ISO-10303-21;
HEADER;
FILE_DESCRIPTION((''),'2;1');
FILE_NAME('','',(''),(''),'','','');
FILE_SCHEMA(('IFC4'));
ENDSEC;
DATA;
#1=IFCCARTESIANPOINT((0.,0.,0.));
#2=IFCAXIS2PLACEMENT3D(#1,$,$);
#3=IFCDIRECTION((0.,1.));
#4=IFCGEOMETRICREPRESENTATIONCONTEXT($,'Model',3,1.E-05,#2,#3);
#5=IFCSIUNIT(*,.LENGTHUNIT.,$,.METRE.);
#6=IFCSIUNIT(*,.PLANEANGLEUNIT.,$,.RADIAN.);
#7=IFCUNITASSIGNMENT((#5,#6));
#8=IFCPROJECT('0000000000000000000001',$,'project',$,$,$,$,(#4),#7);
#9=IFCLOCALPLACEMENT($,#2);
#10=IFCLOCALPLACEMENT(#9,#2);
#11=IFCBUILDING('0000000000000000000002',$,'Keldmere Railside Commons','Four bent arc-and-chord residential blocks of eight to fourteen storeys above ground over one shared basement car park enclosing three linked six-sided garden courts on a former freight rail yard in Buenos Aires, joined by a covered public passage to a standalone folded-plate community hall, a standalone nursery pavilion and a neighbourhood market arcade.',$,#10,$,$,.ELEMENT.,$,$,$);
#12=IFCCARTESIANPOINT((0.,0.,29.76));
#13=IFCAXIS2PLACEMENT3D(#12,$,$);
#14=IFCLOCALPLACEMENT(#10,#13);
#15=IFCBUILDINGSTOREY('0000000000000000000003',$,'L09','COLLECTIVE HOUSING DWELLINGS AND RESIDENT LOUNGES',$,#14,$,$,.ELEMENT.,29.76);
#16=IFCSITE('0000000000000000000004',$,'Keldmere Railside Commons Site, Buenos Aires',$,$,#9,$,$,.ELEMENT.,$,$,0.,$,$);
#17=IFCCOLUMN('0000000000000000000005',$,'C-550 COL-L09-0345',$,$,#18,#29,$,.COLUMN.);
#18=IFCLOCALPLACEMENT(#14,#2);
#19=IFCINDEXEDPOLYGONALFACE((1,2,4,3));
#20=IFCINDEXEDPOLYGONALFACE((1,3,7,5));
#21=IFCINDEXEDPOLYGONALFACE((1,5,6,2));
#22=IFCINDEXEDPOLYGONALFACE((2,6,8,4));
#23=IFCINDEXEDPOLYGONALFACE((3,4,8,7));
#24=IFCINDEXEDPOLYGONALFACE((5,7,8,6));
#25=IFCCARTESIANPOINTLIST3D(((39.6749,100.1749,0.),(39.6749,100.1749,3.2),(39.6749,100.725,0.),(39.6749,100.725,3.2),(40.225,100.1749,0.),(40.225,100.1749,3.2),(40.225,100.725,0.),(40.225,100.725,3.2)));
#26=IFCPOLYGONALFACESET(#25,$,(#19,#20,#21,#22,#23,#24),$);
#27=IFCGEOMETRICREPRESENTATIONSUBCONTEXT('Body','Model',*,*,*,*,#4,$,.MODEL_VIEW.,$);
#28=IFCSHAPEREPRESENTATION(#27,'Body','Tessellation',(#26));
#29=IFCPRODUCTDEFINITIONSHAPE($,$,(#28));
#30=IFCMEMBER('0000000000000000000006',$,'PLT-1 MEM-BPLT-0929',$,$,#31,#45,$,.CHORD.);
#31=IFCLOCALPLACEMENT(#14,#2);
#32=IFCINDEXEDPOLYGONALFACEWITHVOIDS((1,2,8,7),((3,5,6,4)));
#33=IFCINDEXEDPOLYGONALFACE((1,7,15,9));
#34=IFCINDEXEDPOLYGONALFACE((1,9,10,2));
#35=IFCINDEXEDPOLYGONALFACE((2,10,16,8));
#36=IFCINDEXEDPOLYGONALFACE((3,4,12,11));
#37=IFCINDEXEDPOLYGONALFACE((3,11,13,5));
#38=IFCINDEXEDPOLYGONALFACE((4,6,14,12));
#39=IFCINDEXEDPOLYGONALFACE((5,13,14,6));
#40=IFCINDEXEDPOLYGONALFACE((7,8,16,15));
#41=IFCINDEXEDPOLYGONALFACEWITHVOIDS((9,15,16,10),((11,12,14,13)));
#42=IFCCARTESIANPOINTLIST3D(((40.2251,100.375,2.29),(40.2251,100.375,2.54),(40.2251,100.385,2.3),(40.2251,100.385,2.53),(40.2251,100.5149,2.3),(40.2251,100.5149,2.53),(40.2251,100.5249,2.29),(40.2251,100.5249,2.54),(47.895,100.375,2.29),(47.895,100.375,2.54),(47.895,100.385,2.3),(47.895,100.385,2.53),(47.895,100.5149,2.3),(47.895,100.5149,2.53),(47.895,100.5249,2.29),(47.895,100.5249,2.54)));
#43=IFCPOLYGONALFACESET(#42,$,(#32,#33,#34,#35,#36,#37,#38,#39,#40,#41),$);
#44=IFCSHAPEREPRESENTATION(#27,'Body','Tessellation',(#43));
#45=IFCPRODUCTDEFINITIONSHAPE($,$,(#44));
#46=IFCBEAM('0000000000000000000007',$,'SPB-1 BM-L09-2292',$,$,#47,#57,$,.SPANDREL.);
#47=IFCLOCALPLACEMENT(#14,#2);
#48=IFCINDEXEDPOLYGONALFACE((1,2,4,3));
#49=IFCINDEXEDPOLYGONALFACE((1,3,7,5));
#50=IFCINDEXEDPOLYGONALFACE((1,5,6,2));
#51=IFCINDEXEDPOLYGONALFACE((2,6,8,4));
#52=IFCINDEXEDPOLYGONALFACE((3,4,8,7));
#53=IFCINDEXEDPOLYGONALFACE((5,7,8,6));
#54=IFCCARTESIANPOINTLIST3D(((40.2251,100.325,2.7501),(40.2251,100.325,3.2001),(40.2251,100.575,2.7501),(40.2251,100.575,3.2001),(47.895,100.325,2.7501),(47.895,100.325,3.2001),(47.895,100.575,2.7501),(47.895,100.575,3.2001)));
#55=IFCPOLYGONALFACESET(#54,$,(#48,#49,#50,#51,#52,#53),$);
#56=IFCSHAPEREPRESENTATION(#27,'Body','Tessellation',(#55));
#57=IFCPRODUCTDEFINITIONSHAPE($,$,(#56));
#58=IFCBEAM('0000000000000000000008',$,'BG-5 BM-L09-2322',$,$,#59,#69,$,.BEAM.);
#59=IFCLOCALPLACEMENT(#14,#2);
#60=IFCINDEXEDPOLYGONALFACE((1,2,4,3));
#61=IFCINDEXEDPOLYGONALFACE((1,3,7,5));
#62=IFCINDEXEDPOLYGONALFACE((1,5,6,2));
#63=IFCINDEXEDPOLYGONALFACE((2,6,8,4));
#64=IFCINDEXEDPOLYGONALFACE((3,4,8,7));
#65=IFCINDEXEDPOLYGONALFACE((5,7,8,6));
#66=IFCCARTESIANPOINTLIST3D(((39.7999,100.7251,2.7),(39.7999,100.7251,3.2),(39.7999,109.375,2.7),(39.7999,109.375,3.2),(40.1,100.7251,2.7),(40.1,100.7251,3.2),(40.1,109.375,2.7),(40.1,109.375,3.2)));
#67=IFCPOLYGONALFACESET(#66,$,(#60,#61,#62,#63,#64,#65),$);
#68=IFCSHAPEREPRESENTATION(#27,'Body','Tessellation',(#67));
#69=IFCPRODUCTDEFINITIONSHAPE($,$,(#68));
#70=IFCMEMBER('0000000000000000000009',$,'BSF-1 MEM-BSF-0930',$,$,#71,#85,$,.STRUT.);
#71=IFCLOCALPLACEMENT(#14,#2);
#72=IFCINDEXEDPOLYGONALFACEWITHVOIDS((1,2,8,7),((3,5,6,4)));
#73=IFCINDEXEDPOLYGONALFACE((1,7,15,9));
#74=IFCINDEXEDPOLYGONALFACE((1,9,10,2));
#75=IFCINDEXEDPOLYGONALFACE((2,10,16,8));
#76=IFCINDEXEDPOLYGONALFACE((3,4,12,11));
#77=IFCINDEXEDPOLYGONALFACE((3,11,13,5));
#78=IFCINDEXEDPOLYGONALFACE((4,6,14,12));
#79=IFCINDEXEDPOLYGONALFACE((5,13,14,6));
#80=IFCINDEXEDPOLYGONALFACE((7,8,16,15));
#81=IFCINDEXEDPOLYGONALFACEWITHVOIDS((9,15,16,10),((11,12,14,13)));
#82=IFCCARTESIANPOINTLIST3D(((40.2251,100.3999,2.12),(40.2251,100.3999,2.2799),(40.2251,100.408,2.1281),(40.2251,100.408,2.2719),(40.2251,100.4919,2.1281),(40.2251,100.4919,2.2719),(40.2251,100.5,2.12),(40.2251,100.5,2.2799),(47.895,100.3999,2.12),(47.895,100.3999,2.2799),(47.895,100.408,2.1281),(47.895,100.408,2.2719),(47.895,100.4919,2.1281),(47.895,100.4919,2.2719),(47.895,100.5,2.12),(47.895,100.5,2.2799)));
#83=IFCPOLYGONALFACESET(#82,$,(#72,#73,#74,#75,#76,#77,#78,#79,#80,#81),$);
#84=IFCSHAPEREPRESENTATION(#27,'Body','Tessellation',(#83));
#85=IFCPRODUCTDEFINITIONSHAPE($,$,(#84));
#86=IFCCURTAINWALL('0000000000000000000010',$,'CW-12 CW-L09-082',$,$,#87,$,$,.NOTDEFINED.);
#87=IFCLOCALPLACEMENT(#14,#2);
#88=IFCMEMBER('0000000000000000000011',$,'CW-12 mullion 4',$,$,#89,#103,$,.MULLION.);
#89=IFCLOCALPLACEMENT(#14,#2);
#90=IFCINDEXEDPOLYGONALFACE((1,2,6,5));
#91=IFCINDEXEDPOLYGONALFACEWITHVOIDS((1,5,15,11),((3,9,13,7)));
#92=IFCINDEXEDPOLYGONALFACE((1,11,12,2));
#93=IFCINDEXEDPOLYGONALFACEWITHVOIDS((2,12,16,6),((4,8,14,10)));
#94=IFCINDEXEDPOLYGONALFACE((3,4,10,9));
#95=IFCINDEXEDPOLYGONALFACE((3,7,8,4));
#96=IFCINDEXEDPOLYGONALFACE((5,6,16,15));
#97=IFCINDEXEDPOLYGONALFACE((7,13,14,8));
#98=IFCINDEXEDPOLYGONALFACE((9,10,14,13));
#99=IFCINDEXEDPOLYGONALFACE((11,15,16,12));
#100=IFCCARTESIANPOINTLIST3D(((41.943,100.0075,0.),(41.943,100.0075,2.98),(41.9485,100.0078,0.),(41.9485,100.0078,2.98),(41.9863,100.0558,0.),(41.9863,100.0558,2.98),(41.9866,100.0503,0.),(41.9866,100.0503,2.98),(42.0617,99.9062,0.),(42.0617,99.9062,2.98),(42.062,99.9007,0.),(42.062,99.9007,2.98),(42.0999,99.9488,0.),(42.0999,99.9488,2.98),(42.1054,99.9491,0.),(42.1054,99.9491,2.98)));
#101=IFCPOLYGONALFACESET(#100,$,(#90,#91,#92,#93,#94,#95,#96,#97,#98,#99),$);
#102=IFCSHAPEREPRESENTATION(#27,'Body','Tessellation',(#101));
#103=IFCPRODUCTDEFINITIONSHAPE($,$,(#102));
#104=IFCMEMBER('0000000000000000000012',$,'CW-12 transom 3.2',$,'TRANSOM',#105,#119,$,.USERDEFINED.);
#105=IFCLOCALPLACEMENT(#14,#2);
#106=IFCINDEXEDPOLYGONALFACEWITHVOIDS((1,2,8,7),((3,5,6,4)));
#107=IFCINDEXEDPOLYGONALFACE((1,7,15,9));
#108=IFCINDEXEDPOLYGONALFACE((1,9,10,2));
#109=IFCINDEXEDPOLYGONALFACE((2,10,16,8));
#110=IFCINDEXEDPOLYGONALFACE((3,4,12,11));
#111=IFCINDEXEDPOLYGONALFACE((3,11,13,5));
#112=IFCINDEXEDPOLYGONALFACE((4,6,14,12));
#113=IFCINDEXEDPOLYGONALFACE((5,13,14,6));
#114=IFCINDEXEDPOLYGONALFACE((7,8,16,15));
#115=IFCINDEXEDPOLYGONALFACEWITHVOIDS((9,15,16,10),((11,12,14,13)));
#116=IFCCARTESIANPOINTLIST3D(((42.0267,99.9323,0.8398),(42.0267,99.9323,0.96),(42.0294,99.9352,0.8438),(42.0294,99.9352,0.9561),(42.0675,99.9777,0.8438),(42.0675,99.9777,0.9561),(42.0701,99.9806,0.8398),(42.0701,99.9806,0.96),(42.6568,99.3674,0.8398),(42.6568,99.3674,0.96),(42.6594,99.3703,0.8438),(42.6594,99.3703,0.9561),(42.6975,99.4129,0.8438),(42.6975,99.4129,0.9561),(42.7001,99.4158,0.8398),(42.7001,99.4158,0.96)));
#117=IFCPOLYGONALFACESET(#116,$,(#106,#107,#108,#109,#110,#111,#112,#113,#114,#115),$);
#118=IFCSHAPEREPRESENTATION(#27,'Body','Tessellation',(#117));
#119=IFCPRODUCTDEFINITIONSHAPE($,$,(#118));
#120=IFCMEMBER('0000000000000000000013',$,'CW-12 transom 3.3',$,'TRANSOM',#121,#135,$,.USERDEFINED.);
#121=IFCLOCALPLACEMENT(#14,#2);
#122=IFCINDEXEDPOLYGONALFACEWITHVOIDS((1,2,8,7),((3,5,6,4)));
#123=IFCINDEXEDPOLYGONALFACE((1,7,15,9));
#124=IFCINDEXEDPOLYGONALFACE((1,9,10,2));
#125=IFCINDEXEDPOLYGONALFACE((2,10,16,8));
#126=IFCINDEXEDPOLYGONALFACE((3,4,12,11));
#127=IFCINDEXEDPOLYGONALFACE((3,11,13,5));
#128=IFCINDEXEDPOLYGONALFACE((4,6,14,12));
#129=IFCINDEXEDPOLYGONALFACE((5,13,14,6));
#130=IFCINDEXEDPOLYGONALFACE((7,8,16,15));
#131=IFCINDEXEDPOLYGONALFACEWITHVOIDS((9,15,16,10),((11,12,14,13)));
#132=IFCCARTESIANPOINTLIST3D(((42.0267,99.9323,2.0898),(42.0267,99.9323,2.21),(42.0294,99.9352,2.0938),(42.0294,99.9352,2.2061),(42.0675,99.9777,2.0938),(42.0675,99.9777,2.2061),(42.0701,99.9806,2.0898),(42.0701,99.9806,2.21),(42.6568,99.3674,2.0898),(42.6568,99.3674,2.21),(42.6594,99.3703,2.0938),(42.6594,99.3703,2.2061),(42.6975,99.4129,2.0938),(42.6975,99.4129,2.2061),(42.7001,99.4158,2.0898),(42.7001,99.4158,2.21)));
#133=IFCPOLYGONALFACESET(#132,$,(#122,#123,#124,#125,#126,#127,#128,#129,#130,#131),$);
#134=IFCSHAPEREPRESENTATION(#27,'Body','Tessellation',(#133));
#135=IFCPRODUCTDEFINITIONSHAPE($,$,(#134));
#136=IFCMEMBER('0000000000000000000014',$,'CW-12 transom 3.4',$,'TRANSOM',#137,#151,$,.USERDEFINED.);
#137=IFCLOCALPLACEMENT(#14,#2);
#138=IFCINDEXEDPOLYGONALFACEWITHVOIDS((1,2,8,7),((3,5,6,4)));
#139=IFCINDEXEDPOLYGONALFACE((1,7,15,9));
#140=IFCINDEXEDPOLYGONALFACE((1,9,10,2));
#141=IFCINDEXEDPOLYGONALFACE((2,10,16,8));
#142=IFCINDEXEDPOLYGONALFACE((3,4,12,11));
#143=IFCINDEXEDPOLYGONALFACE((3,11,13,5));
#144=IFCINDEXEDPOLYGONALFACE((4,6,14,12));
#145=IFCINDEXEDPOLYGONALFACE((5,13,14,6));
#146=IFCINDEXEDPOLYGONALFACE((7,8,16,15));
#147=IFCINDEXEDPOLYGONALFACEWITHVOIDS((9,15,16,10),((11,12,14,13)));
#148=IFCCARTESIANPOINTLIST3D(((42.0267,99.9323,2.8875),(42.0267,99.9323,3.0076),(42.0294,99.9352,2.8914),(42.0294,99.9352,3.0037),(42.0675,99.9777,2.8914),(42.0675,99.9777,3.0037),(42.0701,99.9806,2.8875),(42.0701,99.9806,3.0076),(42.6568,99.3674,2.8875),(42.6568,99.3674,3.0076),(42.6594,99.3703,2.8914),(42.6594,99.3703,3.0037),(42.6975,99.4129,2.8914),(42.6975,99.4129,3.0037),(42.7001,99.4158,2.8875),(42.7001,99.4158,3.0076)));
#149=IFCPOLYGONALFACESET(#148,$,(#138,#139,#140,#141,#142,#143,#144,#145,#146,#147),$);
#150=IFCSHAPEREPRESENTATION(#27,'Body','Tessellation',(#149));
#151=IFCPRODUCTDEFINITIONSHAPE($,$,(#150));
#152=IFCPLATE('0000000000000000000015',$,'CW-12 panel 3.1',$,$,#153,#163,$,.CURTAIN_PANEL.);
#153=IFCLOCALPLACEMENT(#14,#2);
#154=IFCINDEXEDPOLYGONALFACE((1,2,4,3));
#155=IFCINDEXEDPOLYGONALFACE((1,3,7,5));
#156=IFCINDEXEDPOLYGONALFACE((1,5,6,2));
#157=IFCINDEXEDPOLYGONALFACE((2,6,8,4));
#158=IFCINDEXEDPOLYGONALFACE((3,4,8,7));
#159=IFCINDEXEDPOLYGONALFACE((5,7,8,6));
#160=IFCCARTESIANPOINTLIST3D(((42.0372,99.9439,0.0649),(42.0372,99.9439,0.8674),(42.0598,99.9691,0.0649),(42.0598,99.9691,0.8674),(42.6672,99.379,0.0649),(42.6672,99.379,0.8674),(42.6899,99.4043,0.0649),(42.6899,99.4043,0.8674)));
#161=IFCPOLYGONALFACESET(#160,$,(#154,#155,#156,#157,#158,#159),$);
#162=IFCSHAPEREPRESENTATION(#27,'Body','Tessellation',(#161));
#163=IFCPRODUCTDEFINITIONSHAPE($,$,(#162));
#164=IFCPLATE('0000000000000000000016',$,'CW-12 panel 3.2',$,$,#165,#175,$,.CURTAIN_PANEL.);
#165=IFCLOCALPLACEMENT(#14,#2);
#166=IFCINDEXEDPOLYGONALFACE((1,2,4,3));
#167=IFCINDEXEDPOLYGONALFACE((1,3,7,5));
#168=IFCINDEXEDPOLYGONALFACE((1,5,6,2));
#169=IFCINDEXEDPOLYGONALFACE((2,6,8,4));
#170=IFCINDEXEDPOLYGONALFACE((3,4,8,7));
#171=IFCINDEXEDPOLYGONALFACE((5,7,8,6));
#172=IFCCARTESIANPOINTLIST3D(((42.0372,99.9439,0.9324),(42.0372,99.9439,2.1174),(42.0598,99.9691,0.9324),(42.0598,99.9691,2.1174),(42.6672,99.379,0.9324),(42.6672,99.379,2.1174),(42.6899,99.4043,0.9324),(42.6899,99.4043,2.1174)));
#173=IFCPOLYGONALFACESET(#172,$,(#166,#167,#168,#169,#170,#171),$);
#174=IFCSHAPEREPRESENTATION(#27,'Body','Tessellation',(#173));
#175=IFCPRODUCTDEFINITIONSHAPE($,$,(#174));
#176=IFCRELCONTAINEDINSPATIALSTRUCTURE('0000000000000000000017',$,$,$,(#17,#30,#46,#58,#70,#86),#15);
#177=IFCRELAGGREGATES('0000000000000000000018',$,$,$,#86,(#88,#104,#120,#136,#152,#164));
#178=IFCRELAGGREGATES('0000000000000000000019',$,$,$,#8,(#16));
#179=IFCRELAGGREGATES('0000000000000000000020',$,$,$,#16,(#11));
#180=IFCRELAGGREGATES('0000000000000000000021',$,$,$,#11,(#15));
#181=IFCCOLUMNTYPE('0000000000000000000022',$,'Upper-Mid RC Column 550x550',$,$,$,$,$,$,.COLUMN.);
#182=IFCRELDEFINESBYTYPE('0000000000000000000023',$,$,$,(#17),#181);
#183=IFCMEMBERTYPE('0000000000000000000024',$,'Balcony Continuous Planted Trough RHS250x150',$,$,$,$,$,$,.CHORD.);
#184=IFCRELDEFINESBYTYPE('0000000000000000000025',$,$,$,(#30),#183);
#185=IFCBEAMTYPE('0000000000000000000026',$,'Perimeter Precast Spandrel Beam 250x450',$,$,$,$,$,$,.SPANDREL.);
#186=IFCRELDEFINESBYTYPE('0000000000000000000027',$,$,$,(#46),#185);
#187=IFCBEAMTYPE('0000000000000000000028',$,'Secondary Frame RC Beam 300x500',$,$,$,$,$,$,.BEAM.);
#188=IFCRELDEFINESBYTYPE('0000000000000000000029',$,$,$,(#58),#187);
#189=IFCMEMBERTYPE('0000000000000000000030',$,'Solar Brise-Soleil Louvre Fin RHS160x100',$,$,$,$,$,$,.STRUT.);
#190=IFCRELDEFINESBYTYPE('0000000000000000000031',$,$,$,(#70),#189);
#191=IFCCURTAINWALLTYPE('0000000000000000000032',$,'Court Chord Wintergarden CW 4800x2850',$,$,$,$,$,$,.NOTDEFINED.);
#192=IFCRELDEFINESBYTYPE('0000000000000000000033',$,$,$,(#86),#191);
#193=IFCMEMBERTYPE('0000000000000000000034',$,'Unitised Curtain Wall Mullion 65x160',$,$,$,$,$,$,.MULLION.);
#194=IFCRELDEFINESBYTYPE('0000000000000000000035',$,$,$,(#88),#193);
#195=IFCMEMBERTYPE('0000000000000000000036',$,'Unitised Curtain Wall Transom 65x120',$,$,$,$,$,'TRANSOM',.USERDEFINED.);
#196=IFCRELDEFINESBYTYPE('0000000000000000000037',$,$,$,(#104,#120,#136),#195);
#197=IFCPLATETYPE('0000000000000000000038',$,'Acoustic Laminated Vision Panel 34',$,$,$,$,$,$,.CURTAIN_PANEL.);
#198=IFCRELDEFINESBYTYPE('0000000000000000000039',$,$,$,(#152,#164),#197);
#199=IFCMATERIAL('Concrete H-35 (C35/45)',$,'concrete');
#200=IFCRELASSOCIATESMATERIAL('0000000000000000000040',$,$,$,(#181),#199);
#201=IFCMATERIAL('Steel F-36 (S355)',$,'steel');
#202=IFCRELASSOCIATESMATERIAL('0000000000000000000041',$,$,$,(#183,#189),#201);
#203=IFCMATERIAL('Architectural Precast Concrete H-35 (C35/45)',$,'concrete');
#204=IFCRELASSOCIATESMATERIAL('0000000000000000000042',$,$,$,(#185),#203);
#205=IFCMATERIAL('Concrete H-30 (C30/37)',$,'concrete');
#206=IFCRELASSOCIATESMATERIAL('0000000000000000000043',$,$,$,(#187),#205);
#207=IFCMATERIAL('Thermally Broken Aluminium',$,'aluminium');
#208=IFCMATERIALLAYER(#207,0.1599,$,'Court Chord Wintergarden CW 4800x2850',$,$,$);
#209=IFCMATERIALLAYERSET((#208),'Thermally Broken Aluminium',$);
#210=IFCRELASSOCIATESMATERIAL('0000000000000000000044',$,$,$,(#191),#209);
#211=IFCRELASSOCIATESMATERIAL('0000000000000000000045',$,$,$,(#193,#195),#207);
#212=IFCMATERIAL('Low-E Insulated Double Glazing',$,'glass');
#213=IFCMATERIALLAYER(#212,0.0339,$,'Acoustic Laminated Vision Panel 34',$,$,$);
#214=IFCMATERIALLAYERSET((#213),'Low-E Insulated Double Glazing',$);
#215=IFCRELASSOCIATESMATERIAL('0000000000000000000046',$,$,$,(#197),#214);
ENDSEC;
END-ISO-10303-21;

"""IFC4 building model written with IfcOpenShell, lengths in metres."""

from ifc_helpers import new_model, si_unit, direction, frame, origin, origin_2d, place, context, subcontext, project, spatial, rectangle, hollow_rectangle, extrude, material, layer, layer_set, material_profile, profile_set, type_object, element, aggregate, save


model = new_model("IFC4")

# Units and contexts
model_context = context("Model", 3, precision=1e-05, world=origin(), true_north=direction((0.0, 1.0)))
body_context = subcontext(model_context, "Body", "Model", "MODEL_VIEW")
ifc_project = project(units=[si_unit("LENGTHUNIT", "METRE"), si_unit("PLANEANGLEUNIT", "RADIAN")], contexts=[model_context])

# Site, building, storey
site_placement = place(None, origin())
site = spatial("IfcSite", under=ifc_project, at=site_placement, Name="Keldmere Railside Commons Site, Buenos Aires", CompositionType="ELEMENT", RefElevation=0.0)
building_placement = place(site_placement, origin())
building = spatial("IfcBuilding", under=site, at=building_placement, Name="Keldmere Railside Commons", Description="Four bent arc-and-chord residential blocks of eight to fourteen storeys above ground over one shared basement car park enclosing three linked six-sided garden courts on a former freight rail yard in Buenos Aires, joined by a covered public passage to a standalone folded-plate community hall, a standalone nursery pavilion and a neighbourhood market arcade.", CompositionType="ELEMENT")
storey_placement = place(building_placement, frame((0.0, 0.0, 29.76)))
storey = spatial("IfcBuildingStorey", under=building, at=storey_placement, Name="L09", Description="COLLECTIVE HOUSING DWELLINGS AND RESIDENT LOUNGES", CompositionType="ELEMENT", Elevation=29.76)

# Column
ifc_material_1 = material(Name="Concrete H-35 (C35/45)", Category="concrete")
ifc_material_profile_1 = material_profile(ifc_material_1, rectangle(XDim=0.55, YDim=0.55, at=origin_2d()), Name="RC-550x550")
ifc_profile_set_1 = profile_set([ifc_material_profile_1], Name="Concrete H-35 (C35/45)")
column_type = type_object("IfcColumnType", Name="Upper-Mid RC Column 550x550", PredefinedType="COLUMN", material=ifc_profile_set_1)
column_placement = place(storey_placement, frame((39.95, 100.45, 0.0), z_axis=(0.0, 0.0, 1.0), x_axis=(1.0, 0.0, 0.0)))
element("IfcColumn", 1, at=column_placement, inside=storey, type_object=column_type, Name="C-550 COL-L09-0345", PredefinedType="COLUMN", context=body_context, shape_type="SweptSolid", body=[
    extrude(rectangle(XDim=0.55, YDim=0.55, at=origin_2d()), origin(), (0.0, 0.0, 1.0), 3.2),
])

# Member
ifc_material_2 = material(Name="Steel F-36 (S355)", Category="steel")
ifc_material_profile_2 = material_profile(ifc_material_2, hollow_rectangle(XDim=0.1499, YDim=0.25, WallThickness=0.01, at=origin_2d()), Name="RHS-250x150x10")
ifc_profile_set_2 = profile_set([ifc_material_profile_2], Name="Steel F-36 (S355)")
member_type_1 = type_object("IfcMemberType", Name="Balcony Continuous Planted Trough RHS250x150", PredefinedType="CHORD", material=ifc_profile_set_2)
member_1_placement = place(storey_placement, frame((40.2251, 100.45, 2.415), z_axis=(1.0, 0.0, 0.0), x_axis=(0.0, 1.0, 0.0)))
element("IfcMember", 2, at=member_1_placement, inside=storey, type_object=member_type_1, Name="PLT-1 MEM-BPLT-0929", PredefinedType="CHORD", context=body_context, shape_type="SweptSolid", body=[
    extrude(hollow_rectangle(XDim=0.1499, YDim=0.25, WallThickness=0.01, at=origin_2d()), origin(), (0.0, 0.0, 1.0), 7.6699),
])

# Beams
ifc_material_3 = material(Name="Architectural Precast Concrete H-35 (C35/45)", Category="concrete")
ifc_material_profile_3 = material_profile(ifc_material_3, rectangle(XDim=0.25, YDim=0.45, at=origin_2d()), Name="RC-250x450")
ifc_profile_set_3 = profile_set([ifc_material_profile_3], Name="Architectural Precast Concrete H-35 (C35/45)")
beam_type_1 = type_object("IfcBeamType", Name="Perimeter Precast Spandrel Beam 250x450", PredefinedType="SPANDREL", material=ifc_profile_set_3)
beam_1_placement = place(storey_placement, frame((40.2251, 100.45, 2.9751), z_axis=(1.0, 0.0, 0.0), x_axis=(0.0, 1.0, 0.0)))
element("IfcBeam", 3, at=beam_1_placement, inside=storey, type_object=beam_type_1, Name="SPB-1 BM-L09-2292", PredefinedType="SPANDREL", context=body_context, shape_type="SweptSolid", body=[
    extrude(rectangle(XDim=0.25, YDim=0.45, at=origin_2d()), origin(), (0.0, 0.0, 1.0), 7.6699),
])
ifc_material_4 = material(Name="Concrete H-30 (C30/37)", Category="concrete")
ifc_material_profile_4 = material_profile(ifc_material_4, rectangle(XDim=0.3, YDim=0.5, at=origin_2d()), Name="RC-300x500")
ifc_profile_set_4 = profile_set([ifc_material_profile_4], Name="Concrete H-30 (C30/37)")
beam_type_2 = type_object("IfcBeamType", Name="Secondary Frame RC Beam 300x500", PredefinedType="BEAM", material=ifc_profile_set_4)
beam_2_placement = place(storey_placement, frame((39.95, 100.7251, 2.95), z_axis=(0.0, 1.0, 0.0), x_axis=(-1.0, 0.0, 0.0)))
element("IfcBeam", 4, at=beam_2_placement, inside=storey, type_object=beam_type_2, Name="BG-5 BM-L09-2322", PredefinedType="BEAM", context=body_context, shape_type="SweptSolid", body=[
    extrude(rectangle(XDim=0.3, YDim=0.5, at=origin_2d()), origin(), (0.0, 0.0, 1.0), 8.6499),
])

# Member
ifc_material_profile_5 = material_profile(ifc_material_2, hollow_rectangle(XDim=0.1001, YDim=0.1599, WallThickness=0.0081, at=origin_2d()), Name="RHS-160x100x8")
ifc_profile_set_5 = profile_set([ifc_material_profile_5], Name="Steel F-36 (S355)")
member_type_2 = type_object("IfcMemberType", Name="Solar Brise-Soleil Louvre Fin RHS160x100", PredefinedType="STRUT", material=ifc_profile_set_5)
member_2_placement = place(storey_placement, frame((40.2251, 100.45, 2.2), z_axis=(1.0, 0.0, 0.0), x_axis=(0.0, 1.0, 0.0)))
element("IfcMember", 5, at=member_2_placement, inside=storey, type_object=member_type_2, Name="BSF-1 MEM-BSF-0930", PredefinedType="STRUT", context=body_context, shape_type="SweptSolid", body=[
    extrude(hollow_rectangle(XDim=0.1001, YDim=0.1599, WallThickness=0.0081, at=origin_2d()), origin(), (0.0, 0.0, 1.0), 7.6699),
])

# Curtain wall, members, plates
ifc_material_5 = material(Name="Thermally Broken Aluminium", Category="aluminium")
ifc_layer_1 = layer(ifc_material_5, 0.1599, Name="Court Chord Wintergarden CW 4800x2850")
ifc_layer_set_1 = layer_set([ifc_layer_1], Name="Thermally Broken Aluminium")
curtain_wall_type = type_object("IfcCurtainWallType", Name="Court Chord Wintergarden CW 4800x2850", PredefinedType="NOTDEFINED", material=ifc_layer_set_1)
curtain_wall_placement = place(storey_placement, origin())
curtain_wall = element("IfcCurtainWall", 6, at=curtain_wall_placement, inside=storey, type_object=curtain_wall_type, Name="CW-12 CW-L09-082", PredefinedType="NOTDEFINED")
ifc_material_profile_6 = material_profile(ifc_material_5, hollow_rectangle(XDim=0.0649, YDim=0.1599, WallThickness=0.0039, at=origin_2d()), Name="ALU-MULL-65x160")
ifc_profile_set_6 = profile_set([ifc_material_profile_6], Name="Thermally Broken Aluminium")
member_type_3 = type_object("IfcMemberType", Name="Unitised Curtain Wall Mullion 65x160", PredefinedType="MULLION", material=ifc_profile_set_6)
member_3_placement = place(storey_placement, frame((42.0242, 99.9783, 0.0), z_axis=(0.0, 0.0, 1.0), x_axis=(-0.667559, -0.744557, 0.0)))
member_3 = element("IfcMember", 7, at=member_3_placement, type_object=member_type_3, Name="CW-12 mullion 4", PredefinedType="MULLION", context=body_context, shape_type="SweptSolid", body=[
    extrude(hollow_rectangle(XDim=0.0649, YDim=0.1599, WallThickness=0.0039, at=origin_2d()), origin(), (0.0, 0.0, 1.0), 2.98),
])
ifc_material_profile_7 = material_profile(ifc_material_5, hollow_rectangle(XDim=0.0649, YDim=0.1201, WallThickness=0.0039, at=origin_2d()), Name="ALU-TRAN-65x120")
ifc_profile_set_7 = profile_set([ifc_material_profile_7], Name="Thermally Broken Aluminium")
member_type_4 = type_object("IfcMemberType", Name="Unitised Curtain Wall Transom 65x120", ElementType="TRANSOM", PredefinedType="USERDEFINED", material=ifc_profile_set_7)
member_4_placement = place(storey_placement, frame((42.6785, 99.3916, 0.8999), z_axis=(-0.744569, 0.667545, 0.0), x_axis=(-0.667545, -0.744569, 0.0)))
member_4 = element("IfcMember", 8, at=member_4_placement, type_object=member_type_4, Name="CW-12 transom 3.2", ObjectType="TRANSOM", PredefinedType="USERDEFINED", context=body_context, shape_type="SweptSolid", body=[
    extrude(hollow_rectangle(XDim=0.0649, YDim=0.1201, WallThickness=0.0039, at=origin_2d()), origin(), (0.0, 0.0, 1.0), 0.8462),
])
member_5_placement = place(storey_placement, frame((42.6785, 99.3916, 2.1499), z_axis=(-0.744569, 0.667545, 0.0), x_axis=(-0.667545, -0.744569, 0.0)))
member_5 = element("IfcMember", 9, at=member_5_placement, type_object=member_type_4, Name="CW-12 transom 3.3", ObjectType="TRANSOM", PredefinedType="USERDEFINED", context=body_context, shape_type="SweptSolid", body=[
    extrude(hollow_rectangle(XDim=0.0649, YDim=0.1201, WallThickness=0.0039, at=origin_2d()), origin(), (0.0, 0.0, 1.0), 0.8462),
])
member_6_placement = place(storey_placement, frame((42.6785, 99.3916, 2.9475), z_axis=(-0.744569, 0.667545, 0.0), x_axis=(-0.667545, -0.744569, 0.0)))
member_6 = element("IfcMember", 10, at=member_6_placement, type_object=member_type_4, Name="CW-12 transom 3.4", ObjectType="TRANSOM", PredefinedType="USERDEFINED", context=body_context, shape_type="SweptSolid", body=[
    extrude(hollow_rectangle(XDim=0.0649, YDim=0.1201, WallThickness=0.0039, at=origin_2d()), origin(), (0.0, 0.0, 1.0), 0.8462),
])
ifc_material_6 = material(Name="Low-E Insulated Double Glazing", Category="glass")
ifc_layer_2 = layer(ifc_material_6, 0.0339, Name="Acoustic Laminated Vision Panel 34")
ifc_layer_set_2 = layer_set([ifc_layer_2], Name="Low-E Insulated Double Glazing")
plate_type = type_object("IfcPlateType", Name="Acoustic Laminated Vision Panel 34", PredefinedType="CURTAIN_PANEL", material=ifc_layer_set_2)
plate_1_placement = place(storey_placement, frame((42.3635, 99.6741, 0.0649), z_axis=(0.0, 0.0, 1.0), x_axis=(-0.744557, 0.667559, 0.0)))
plate_1 = element("IfcPlate", 11, at=plate_1_placement, type_object=plate_type, Name="CW-12 panel 3.1", PredefinedType="CURTAIN_PANEL", context=body_context, shape_type="SweptSolid", body=[
    extrude(rectangle(XDim=0.8462, YDim=0.0339, at=origin_2d()), origin(), (0.0, 0.0, 1.0), 0.8025),
])
plate_2_placement = place(storey_placement, frame((42.3635, 99.6741, 0.9324), z_axis=(0.0, 0.0, 1.0), x_axis=(-0.744557, 0.667559, 0.0)))
plate_2 = element("IfcPlate", 12, at=plate_2_placement, type_object=plate_type, Name="CW-12 panel 3.2", PredefinedType="CURTAIN_PANEL", context=body_context, shape_type="SweptSolid", body=[
    extrude(rectangle(XDim=0.8462, YDim=0.0339, at=origin_2d()), origin(), (0.0, 0.0, 1.0), 1.1851),
])
aggregate(curtain_wall, [member_3, member_4, member_5, member_6, plate_1, plate_2])

save(model, "model.ifc")
